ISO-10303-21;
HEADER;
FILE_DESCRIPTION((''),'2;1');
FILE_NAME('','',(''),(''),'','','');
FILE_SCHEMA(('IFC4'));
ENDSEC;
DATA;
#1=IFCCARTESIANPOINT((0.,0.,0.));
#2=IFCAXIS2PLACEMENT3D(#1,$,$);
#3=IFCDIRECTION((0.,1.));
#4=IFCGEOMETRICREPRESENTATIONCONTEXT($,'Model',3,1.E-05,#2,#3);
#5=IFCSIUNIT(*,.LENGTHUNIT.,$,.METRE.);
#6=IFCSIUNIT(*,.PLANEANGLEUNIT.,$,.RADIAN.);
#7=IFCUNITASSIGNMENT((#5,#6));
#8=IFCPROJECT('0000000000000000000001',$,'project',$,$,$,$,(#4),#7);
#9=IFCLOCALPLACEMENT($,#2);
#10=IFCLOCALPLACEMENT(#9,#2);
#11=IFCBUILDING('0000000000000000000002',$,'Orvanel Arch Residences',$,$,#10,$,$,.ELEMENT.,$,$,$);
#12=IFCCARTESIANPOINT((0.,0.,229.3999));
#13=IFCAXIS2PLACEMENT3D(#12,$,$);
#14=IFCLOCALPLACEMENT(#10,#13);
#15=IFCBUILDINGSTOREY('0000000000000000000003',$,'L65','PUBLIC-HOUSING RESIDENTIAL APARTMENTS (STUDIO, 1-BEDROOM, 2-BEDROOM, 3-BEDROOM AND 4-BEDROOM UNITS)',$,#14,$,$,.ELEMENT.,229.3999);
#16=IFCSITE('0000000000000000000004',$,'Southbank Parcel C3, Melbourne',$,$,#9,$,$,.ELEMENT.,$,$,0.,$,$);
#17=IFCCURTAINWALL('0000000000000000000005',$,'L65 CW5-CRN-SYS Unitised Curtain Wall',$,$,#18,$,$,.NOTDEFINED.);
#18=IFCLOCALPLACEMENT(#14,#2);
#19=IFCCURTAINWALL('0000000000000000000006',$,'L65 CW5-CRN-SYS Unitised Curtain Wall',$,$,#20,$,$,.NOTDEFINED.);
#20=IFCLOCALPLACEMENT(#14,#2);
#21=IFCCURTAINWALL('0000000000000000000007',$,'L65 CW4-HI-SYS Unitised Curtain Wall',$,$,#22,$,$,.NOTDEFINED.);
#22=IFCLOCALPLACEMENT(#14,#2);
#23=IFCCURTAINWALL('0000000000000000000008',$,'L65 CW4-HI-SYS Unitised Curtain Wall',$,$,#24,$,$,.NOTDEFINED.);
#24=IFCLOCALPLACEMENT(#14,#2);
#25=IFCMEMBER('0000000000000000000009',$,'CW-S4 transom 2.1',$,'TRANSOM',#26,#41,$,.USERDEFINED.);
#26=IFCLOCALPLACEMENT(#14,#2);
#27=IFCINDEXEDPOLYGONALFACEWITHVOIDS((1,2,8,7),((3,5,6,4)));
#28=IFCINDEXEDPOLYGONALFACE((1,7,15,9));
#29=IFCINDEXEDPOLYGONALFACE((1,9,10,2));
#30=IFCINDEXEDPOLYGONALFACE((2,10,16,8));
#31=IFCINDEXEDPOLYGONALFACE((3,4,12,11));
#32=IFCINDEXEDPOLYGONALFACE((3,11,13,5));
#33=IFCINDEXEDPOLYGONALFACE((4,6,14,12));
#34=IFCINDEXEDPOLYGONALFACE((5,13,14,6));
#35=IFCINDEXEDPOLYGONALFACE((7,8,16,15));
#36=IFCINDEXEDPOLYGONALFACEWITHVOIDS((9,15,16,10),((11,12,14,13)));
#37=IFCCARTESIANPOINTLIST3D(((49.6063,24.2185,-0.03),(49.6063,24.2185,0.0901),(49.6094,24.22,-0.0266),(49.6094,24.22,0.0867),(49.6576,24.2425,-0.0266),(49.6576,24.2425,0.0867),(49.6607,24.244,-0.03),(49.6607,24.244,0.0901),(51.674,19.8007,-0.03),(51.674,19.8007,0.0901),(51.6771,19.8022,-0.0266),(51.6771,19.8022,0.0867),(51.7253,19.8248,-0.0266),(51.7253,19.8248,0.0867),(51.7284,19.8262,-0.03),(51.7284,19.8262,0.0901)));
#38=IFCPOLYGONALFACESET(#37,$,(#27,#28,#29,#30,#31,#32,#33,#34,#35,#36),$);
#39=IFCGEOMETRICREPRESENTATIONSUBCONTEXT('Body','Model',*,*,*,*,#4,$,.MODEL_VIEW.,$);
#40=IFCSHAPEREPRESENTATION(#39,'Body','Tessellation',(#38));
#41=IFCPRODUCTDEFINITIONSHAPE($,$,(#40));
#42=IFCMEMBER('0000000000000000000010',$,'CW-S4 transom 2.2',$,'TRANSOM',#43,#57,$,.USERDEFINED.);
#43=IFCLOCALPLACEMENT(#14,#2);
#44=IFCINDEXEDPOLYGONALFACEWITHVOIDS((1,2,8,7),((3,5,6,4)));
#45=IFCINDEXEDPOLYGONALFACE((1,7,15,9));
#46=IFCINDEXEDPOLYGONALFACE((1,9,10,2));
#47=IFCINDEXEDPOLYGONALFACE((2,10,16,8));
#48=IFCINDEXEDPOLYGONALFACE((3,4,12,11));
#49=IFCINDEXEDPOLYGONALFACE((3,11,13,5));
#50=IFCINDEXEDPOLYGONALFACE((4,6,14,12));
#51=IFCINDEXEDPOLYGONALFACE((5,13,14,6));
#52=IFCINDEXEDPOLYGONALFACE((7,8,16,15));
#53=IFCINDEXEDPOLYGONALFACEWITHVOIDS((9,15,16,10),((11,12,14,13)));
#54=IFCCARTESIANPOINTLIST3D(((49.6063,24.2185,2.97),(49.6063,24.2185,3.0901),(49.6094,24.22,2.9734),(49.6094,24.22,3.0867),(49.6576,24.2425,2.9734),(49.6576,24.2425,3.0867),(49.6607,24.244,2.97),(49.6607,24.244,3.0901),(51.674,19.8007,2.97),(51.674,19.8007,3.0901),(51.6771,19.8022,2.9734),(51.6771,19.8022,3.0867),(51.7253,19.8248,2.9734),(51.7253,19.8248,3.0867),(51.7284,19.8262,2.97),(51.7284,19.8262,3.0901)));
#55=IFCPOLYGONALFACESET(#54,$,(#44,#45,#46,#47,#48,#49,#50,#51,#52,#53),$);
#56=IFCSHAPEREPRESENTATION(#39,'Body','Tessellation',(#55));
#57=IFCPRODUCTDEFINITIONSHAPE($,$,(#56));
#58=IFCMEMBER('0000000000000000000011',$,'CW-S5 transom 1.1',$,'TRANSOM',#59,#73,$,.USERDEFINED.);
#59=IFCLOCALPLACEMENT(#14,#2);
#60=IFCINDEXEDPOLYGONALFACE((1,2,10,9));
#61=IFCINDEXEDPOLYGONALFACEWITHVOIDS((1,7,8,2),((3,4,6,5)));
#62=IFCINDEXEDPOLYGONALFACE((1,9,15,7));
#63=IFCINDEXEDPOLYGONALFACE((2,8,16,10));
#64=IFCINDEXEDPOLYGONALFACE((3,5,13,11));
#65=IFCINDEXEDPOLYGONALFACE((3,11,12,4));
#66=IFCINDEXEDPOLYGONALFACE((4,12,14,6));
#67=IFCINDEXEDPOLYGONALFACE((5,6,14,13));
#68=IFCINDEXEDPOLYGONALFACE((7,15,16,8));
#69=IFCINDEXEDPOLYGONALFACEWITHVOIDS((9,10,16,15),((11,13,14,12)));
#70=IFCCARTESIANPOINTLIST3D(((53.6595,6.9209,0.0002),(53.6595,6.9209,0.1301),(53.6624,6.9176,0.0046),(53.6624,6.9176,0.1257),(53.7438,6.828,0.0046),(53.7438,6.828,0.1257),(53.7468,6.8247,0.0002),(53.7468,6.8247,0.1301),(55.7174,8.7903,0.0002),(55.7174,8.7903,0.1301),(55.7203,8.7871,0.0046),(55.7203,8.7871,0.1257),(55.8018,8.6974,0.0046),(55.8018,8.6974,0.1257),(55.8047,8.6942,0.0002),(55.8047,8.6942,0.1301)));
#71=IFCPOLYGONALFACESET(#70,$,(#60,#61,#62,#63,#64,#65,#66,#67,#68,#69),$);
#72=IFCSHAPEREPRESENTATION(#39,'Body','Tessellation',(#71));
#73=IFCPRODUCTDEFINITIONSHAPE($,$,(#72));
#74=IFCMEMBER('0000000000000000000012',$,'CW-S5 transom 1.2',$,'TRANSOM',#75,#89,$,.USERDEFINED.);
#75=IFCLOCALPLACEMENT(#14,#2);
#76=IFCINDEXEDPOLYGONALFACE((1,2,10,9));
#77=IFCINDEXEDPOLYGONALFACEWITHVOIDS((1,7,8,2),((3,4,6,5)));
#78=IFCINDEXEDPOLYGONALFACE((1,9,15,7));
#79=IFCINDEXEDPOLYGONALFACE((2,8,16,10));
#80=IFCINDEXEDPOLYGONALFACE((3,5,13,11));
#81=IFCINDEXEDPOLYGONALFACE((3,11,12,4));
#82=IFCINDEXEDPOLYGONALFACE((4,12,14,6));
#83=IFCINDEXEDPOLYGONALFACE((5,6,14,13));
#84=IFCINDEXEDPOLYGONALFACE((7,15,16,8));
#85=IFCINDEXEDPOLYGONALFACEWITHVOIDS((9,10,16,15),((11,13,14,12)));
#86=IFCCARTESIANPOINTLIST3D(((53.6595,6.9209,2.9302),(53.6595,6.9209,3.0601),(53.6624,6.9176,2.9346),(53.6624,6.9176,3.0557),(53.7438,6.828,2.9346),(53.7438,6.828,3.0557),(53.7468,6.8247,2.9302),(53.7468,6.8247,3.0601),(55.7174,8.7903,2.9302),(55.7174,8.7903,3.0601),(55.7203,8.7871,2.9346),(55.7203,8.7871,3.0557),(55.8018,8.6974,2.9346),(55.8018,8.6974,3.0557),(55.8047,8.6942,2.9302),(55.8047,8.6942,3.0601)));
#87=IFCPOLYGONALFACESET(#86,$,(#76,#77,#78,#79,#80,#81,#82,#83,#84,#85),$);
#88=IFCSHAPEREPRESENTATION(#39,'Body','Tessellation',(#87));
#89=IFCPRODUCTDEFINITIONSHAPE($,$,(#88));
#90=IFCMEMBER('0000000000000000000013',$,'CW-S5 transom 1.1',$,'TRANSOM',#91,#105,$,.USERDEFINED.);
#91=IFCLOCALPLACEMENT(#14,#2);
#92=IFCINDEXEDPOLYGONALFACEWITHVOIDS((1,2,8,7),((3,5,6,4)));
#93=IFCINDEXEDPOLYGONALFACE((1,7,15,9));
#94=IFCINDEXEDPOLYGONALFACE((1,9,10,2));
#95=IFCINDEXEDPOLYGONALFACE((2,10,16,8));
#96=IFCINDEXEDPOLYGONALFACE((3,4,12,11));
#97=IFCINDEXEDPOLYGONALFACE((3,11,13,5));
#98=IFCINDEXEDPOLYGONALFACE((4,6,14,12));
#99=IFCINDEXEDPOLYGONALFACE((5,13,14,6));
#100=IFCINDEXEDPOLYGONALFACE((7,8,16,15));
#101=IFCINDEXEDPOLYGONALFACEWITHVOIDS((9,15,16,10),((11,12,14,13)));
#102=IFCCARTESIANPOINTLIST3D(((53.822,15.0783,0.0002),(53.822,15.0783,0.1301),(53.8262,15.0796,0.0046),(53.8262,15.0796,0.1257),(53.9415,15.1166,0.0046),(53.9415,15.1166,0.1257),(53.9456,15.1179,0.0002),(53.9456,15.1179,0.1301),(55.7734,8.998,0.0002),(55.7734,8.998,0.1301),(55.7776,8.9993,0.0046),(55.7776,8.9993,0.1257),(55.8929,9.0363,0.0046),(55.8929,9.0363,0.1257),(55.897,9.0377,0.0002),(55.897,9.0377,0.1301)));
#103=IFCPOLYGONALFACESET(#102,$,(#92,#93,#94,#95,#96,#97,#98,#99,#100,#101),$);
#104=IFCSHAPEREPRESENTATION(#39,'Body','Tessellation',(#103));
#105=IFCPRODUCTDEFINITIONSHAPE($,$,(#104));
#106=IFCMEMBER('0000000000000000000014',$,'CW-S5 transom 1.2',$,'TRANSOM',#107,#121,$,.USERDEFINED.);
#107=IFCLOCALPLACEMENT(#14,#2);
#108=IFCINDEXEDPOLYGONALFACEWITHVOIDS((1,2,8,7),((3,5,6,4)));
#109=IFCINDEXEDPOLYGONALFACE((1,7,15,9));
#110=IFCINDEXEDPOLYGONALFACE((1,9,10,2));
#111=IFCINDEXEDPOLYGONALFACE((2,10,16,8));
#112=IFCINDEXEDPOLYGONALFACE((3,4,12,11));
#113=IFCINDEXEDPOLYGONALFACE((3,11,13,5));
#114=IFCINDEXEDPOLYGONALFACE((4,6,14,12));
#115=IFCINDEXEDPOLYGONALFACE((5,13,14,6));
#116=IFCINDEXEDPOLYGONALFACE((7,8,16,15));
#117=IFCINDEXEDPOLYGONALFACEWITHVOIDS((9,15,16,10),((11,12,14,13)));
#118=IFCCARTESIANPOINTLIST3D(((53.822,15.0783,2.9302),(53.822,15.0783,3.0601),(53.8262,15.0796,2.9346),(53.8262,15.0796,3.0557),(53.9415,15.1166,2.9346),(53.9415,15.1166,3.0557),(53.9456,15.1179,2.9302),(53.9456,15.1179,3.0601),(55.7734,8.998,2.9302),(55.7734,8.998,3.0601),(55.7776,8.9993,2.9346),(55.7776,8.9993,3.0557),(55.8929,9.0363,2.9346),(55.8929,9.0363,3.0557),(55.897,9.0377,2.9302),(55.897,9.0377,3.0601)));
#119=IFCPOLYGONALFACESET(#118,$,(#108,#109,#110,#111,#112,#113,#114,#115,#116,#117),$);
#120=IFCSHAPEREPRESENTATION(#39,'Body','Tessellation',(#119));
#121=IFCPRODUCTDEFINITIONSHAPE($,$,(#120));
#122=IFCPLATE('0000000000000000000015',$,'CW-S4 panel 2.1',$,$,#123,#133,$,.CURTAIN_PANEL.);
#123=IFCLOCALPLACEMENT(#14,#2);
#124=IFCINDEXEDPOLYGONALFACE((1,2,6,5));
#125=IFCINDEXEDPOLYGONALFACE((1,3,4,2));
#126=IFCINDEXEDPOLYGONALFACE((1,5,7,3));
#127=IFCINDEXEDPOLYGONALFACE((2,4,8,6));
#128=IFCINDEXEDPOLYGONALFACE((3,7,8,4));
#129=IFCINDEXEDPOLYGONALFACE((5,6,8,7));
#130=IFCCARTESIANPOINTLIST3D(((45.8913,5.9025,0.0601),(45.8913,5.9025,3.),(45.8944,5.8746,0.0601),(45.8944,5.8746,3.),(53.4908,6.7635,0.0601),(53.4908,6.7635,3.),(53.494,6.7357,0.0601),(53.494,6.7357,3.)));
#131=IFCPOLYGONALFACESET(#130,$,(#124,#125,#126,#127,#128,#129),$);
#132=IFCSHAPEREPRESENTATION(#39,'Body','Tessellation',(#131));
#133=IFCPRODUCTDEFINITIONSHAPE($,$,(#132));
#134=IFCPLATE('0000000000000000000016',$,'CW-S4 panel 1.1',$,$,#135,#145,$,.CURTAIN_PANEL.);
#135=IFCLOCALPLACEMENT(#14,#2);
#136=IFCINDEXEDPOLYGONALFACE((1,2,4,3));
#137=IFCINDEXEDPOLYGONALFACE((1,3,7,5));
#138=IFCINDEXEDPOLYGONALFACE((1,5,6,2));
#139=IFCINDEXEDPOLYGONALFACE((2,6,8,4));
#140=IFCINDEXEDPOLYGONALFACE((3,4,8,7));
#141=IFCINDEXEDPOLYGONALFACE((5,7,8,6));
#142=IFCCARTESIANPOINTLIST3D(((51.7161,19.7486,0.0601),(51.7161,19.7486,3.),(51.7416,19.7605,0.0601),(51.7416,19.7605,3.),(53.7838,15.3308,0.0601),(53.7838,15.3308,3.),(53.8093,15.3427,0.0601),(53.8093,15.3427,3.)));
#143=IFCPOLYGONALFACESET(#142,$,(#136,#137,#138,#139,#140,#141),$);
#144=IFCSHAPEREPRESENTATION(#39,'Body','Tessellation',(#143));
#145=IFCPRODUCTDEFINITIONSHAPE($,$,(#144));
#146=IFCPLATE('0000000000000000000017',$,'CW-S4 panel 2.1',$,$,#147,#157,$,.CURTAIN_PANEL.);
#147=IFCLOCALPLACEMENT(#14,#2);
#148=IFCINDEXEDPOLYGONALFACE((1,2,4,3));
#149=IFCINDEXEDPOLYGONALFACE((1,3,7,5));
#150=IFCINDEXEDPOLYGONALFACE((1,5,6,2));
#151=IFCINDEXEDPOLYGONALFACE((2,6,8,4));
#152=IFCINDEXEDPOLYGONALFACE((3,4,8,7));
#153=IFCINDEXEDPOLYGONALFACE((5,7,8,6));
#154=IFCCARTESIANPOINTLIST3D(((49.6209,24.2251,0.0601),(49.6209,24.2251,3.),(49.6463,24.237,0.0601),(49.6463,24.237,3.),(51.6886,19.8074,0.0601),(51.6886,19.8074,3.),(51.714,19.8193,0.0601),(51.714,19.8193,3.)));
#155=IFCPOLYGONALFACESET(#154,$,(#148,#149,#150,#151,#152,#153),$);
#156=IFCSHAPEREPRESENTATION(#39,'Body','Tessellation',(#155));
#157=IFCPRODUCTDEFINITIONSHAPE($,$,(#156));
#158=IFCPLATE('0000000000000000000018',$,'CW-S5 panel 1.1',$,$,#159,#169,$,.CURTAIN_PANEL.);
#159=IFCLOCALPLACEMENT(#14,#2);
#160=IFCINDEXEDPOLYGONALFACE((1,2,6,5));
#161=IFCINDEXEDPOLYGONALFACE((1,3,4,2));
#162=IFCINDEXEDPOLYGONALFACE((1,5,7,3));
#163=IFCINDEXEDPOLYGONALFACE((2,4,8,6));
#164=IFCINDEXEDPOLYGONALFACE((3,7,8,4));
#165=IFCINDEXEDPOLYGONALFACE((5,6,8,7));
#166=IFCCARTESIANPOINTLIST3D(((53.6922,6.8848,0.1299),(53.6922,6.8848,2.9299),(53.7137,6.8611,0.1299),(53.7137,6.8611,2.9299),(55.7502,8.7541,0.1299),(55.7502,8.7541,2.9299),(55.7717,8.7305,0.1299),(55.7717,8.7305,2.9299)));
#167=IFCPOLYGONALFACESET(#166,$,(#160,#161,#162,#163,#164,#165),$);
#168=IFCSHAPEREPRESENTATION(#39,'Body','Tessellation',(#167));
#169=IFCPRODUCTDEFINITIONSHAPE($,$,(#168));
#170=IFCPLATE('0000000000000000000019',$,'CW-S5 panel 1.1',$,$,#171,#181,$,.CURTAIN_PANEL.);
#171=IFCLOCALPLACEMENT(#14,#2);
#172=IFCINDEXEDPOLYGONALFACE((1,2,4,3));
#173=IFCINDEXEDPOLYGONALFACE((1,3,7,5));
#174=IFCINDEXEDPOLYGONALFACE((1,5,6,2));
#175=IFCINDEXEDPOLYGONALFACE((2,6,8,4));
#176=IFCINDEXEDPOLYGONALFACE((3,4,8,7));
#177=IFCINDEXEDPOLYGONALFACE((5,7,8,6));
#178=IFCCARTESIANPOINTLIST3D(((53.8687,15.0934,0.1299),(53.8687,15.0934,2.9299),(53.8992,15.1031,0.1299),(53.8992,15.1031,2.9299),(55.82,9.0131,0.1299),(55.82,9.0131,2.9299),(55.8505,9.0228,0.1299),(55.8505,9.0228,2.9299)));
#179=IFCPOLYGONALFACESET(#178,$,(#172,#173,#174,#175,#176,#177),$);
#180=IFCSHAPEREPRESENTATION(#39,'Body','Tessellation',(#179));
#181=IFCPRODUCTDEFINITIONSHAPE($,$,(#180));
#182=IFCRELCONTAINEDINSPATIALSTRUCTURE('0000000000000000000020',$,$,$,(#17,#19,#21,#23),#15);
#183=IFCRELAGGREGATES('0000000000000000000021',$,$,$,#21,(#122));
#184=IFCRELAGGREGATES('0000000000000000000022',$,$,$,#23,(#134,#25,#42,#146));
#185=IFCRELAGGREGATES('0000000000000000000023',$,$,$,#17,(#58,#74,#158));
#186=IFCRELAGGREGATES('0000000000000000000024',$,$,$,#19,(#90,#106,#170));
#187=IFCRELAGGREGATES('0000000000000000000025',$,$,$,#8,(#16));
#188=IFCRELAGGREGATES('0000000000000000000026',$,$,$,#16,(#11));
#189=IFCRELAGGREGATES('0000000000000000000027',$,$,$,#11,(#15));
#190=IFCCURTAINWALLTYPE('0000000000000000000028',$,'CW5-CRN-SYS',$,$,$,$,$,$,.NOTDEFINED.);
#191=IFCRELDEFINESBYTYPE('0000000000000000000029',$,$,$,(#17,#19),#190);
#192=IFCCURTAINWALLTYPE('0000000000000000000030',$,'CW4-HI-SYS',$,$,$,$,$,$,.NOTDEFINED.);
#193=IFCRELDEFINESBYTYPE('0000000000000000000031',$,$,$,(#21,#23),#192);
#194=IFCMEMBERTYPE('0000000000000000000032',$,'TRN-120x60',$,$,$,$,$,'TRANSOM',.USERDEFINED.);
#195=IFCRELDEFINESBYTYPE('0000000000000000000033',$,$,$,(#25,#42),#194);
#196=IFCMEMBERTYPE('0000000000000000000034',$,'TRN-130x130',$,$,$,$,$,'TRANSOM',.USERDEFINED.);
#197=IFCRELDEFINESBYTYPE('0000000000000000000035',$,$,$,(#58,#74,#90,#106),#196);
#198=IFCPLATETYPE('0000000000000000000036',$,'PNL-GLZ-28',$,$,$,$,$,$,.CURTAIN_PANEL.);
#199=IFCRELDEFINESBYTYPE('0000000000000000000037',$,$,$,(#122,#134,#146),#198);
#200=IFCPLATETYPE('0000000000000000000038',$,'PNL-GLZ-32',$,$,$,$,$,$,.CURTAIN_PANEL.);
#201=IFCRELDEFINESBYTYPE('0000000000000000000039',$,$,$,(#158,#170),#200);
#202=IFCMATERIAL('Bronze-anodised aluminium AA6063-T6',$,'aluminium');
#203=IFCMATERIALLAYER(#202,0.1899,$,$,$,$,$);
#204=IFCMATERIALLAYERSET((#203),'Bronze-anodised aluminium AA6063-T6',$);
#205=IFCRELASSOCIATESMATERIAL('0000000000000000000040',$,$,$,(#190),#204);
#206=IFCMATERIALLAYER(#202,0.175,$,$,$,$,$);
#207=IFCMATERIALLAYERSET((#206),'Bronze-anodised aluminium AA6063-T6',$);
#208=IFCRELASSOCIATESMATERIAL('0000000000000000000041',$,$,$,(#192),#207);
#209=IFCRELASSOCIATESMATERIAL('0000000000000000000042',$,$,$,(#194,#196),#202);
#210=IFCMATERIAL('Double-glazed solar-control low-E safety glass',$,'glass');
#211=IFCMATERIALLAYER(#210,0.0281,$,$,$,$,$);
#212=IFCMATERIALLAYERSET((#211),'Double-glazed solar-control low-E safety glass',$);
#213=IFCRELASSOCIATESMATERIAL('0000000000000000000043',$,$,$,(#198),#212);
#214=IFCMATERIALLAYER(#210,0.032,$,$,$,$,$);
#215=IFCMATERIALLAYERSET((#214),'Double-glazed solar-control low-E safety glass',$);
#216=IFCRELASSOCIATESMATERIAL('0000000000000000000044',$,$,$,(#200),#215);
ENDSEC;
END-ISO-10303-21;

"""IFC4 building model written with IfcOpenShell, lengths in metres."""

from ifc_helpers import new_model, si_unit, direction, frame, origin, origin_2d, place, context, subcontext, project, spatial, rectangle, hollow_rectangle, extrude, material, layer, layer_set, material_profile, profile_set, type_object, element, aggregate, save


model = new_model("IFC4")

# Units and contexts
model_context = context("Model", 3, precision=1e-05, world=origin(), true_north=direction((0.0, 1.0)))
body_context = subcontext(model_context, "Body", "Model", "MODEL_VIEW")
ifc_project = project(units=[si_unit("LENGTHUNIT", "METRE"), si_unit("PLANEANGLEUNIT", "RADIAN")], contexts=[model_context])

# Site, building, storey
site_placement = place(None, origin())
site = spatial("IfcSite", under=ifc_project, at=site_placement, Name="Southbank Parcel C3, Melbourne", CompositionType="ELEMENT", RefElevation=0.0)
building_placement = place(site_placement, origin())
building = spatial("IfcBuilding", under=site, at=building_placement, Name="Orvanel Arch Residences", CompositionType="ELEMENT")
storey_placement = place(building_placement, frame((0.0, 0.0, 229.3999)))
storey = spatial("IfcBuildingStorey", under=building, at=storey_placement, Name="L65", Description="PUBLIC-HOUSING RESIDENTIAL APARTMENTS (STUDIO, 1-BEDROOM, 2-BEDROOM, 3-BEDROOM AND 4-BEDROOM UNITS)", CompositionType="ELEMENT", Elevation=229.3999)

# Curtain walls
ifc_material_1 = material(Name="Bronze-anodised aluminium AA6063-T6", Category="aluminium")
ifc_layer_1 = layer(ifc_material_1, 0.1899)
ifc_layer_set_1 = layer_set([ifc_layer_1], Name="Bronze-anodised aluminium AA6063-T6")
curtain_wall_type_1 = type_object("IfcCurtainWallType", Name="CW5-CRN-SYS", PredefinedType="NOTDEFINED", material=ifc_layer_set_1)
curtain_wall_1_placement = place(storey_placement, origin())
curtain_wall_1 = element("IfcCurtainWall", 1, at=curtain_wall_1_placement, inside=storey, type_object=curtain_wall_type_1, Name="L65 CW5-CRN-SYS Unitised Curtain Wall", PredefinedType="NOTDEFINED")
curtain_wall_2_placement = place(storey_placement, origin())
curtain_wall_2 = element("IfcCurtainWall", 2, at=curtain_wall_2_placement, inside=storey, type_object=curtain_wall_type_1, Name="L65 CW5-CRN-SYS Unitised Curtain Wall", PredefinedType="NOTDEFINED")

# Curtain wall
ifc_layer_2 = layer(ifc_material_1, 0.175)
ifc_layer_set_2 = layer_set([ifc_layer_2], Name="Bronze-anodised aluminium AA6063-T6")
curtain_wall_type_2 = type_object("IfcCurtainWallType", Name="CW4-HI-SYS", PredefinedType="NOTDEFINED", material=ifc_layer_set_2)
curtain_wall_3_placement = place(storey_placement, origin())
curtain_wall_3 = element("IfcCurtainWall", 3, at=curtain_wall_3_placement, inside=storey, type_object=curtain_wall_type_2, Name="L65 CW4-HI-SYS Unitised Curtain Wall", PredefinedType="NOTDEFINED")

# Curtain wall
curtain_wall_4_placement = place(storey_placement, origin())
curtain_wall_4 = element("IfcCurtainWall", 4, at=curtain_wall_4_placement, inside=storey, type_object=curtain_wall_type_2, Name="L65 CW4-HI-SYS Unitised Curtain Wall", PredefinedType="NOTDEFINED")

# Members
ifc_material_profile_1 = material_profile(ifc_material_1, hollow_rectangle(XDim=0.0601, YDim=0.1201, WallThickness=0.0034, at=origin_2d()), Name="ALU120x60x3.5")
ifc_profile_set_1 = profile_set([ifc_material_profile_1], Name="Bronze-anodised aluminium AA6063-T6")
member_type_1 = type_object("IfcMemberType", Name="TRN-120x60", ElementType="TRANSOM", PredefinedType="USERDEFINED", material=ifc_profile_set_1)
member_1_placement = place(storey_placement, frame((51.7012, 19.8135, 0.03), z_axis=(-0.423899, 0.905709, 0.0), x_axis=(-0.905709, -0.423899, 0.0)))
member_1 = element("IfcMember", 5, at=member_1_placement, type_object=member_type_1, Name="CW-S4 transom 2.1", ObjectType="TRANSOM", PredefinedType="USERDEFINED", context=body_context, shape_type="SweptSolid", body=[
    extrude(hollow_rectangle(XDim=0.0601, YDim=0.1201, WallThickness=0.0034, at=origin_2d()), origin(), (0.0, 0.0, 1.0), 4.8777),
])
member_2_placement = place(storey_placement, frame((51.7012, 19.8135, 3.03), z_axis=(-0.423899, 0.905709, 0.0), x_axis=(-0.905709, -0.423899, 0.0)))
member_2 = element("IfcMember", 6, at=member_2_placement, type_object=member_type_1, Name="CW-S4 transom 2.2", ObjectType="TRANSOM", PredefinedType="USERDEFINED", context=body_context, shape_type="SweptSolid", body=[
    extrude(hollow_rectangle(XDim=0.0601, YDim=0.1201, WallThickness=0.0034, at=origin_2d()), origin(), (0.0, 0.0, 1.0), 4.8777),
])
ifc_material_profile_2 = material_profile(ifc_material_1, hollow_rectangle(XDim=0.1299, YDim=0.1299, WallThickness=0.0044, at=origin_2d()), Name="ALU130x130x4.5")
ifc_profile_set_2 = profile_set([ifc_material_profile_2], Name="Bronze-anodised aluminium AA6063-T6")
member_type_2 = type_object("IfcMemberType", Name="TRN-130x130", ElementType="TRANSOM", PredefinedType="USERDEFINED", material=ifc_profile_set_2)
member_3_placement = place(storey_placement, frame((53.7031, 6.8728, 0.0652), z_axis=(0.74019, 0.672397, 0.0), x_axis=(-0.672397, 0.74019, 0.0)))
member_3 = element("IfcMember", 7, at=member_3_placement, type_object=member_type_2, Name="CW-S5 transom 1.1", ObjectType="TRANSOM", PredefinedType="USERDEFINED", context=body_context, shape_type="SweptSolid", body=[
    extrude(hollow_rectangle(XDim=0.1299, YDim=0.1299, WallThickness=0.0044, at=origin_2d()), origin(), (0.0, 0.0, 1.0), 2.7803),
])
member_4_placement = place(storey_placement, frame((53.7031, 6.8728, 2.9951), z_axis=(0.74019, 0.672397, 0.0), x_axis=(-0.672397, 0.74019, 0.0)))
member_4 = element("IfcMember", 8, at=member_4_placement, type_object=member_type_2, Name="CW-S5 transom 1.2", ObjectType="TRANSOM", PredefinedType="USERDEFINED", context=body_context, shape_type="SweptSolid", body=[
    extrude(hollow_rectangle(XDim=0.1299, YDim=0.1299, WallThickness=0.0044, at=origin_2d()), origin(), (0.0, 0.0, 1.0), 2.7803),
])
member_5_placement = place(storey_placement, frame((55.8352, 9.0178, 0.0652), z_axis=(-0.305587, 0.952164, 0.0), x_axis=(-0.952164, -0.305587, 0.0)))
member_5 = element("IfcMember", 9, at=member_5_placement, type_object=member_type_2, Name="CW-S5 transom 1.1", ObjectType="TRANSOM", PredefinedType="USERDEFINED", context=body_context, shape_type="SweptSolid", body=[
    extrude(hollow_rectangle(XDim=0.1299, YDim=0.1299, WallThickness=0.0044, at=origin_2d()), origin(), (0.0, 0.0, 1.0), 6.3857),
])
member_6_placement = place(storey_placement, frame((55.8352, 9.0178, 2.9951), z_axis=(-0.305587, 0.952164, 0.0), x_axis=(-0.952164, -0.305587, 0.0)))
member_6 = element("IfcMember", 10, at=member_6_placement, type_object=member_type_2, Name="CW-S5 transom 1.2", ObjectType="TRANSOM", PredefinedType="USERDEFINED", context=body_context, shape_type="SweptSolid", body=[
    extrude(hollow_rectangle(XDim=0.1299, YDim=0.1299, WallThickness=0.0044, at=origin_2d()), origin(), (0.0, 0.0, 1.0), 6.3857),
])

# Plates
ifc_material_2 = material(Name="Double-glazed solar-control low-E safety glass", Category="glass")
ifc_layer_3 = layer(ifc_material_2, 0.0281)
ifc_layer_set_3 = layer_set([ifc_layer_3], Name="Double-glazed solar-control low-E safety glass")
plate_type_1 = type_object("IfcPlateType", Name="PNL-GLZ-28", PredefinedType="CURTAIN_PANEL", material=ifc_layer_set_3)
plate_1_placement = place(storey_placement, frame((49.6926, 6.3191, 0.0601), z_axis=(0.0, 0.0, 1.0), x_axis=(0.993643, 0.112578, 0.0)))
plate_1 = element("IfcPlate", 11, at=plate_1_placement, type_object=plate_type_1, Name="CW-S4 panel 2.1", PredefinedType="CURTAIN_PANEL", context=body_context, shape_type="SweptSolid", body=[
    extrude(rectangle(XDim=7.6482, YDim=0.0281, at=origin_2d()), origin(), (0.0, 0.0, 1.0), 2.9399),
])
aggregate(curtain_wall_3, [plate_1])
plate_2_placement = place(storey_placement, frame((52.7627, 17.5457, 0.0601), z_axis=(0.0, 0.0, 1.0), x_axis=(-0.423909, 0.905705, 0.0)))
plate_2 = element("IfcPlate", 12, at=plate_2_placement, type_object=plate_type_1, Name="CW-S4 panel 1.1", PredefinedType="CURTAIN_PANEL", context=body_context, shape_type="SweptSolid", body=[
    extrude(rectangle(XDim=4.8777, YDim=0.0281, at=origin_2d()), origin(), (0.0, 0.0, 1.0), 2.9399),
])
plate_3_placement = place(storey_placement, frame((50.6675, 22.0222, 0.0601), z_axis=(0.0, 0.0, 1.0), x_axis=(-0.423909, 0.905705, 0.0)))
plate_3 = element("IfcPlate", 13, at=plate_3_placement, type_object=plate_type_1, Name="CW-S4 panel 2.1", PredefinedType="CURTAIN_PANEL", context=body_context, shape_type="SweptSolid", body=[
    extrude(rectangle(XDim=4.8777, YDim=0.0281, at=origin_2d()), origin(), (0.0, 0.0, 1.0), 2.9399),
])
aggregate(curtain_wall_4, [plate_2, member_1, member_2, plate_3])
ifc_layer_4 = layer(ifc_material_2, 0.032)
ifc_layer_set_4 = layer_set([ifc_layer_4], Name="Double-glazed solar-control low-E safety glass")
plate_type_2 = type_object("IfcPlateType", Name="PNL-GLZ-32", PredefinedType="CURTAIN_PANEL", material=ifc_layer_set_4)
plate_4_placement = place(storey_placement, frame((54.7319, 7.8076, 0.1299), z_axis=(0.0, 0.0, 1.0), x_axis=(0.740219, 0.672366, 0.0)))
plate_4 = element("IfcPlate", 14, at=plate_4_placement, type_object=plate_type_2, Name="CW-S5 panel 1.1", PredefinedType="CURTAIN_PANEL", context=body_context, shape_type="SweptSolid", body=[
    extrude(rectangle(XDim=2.7803, YDim=0.032, at=origin_2d()), origin(), (0.0, 0.0, 1.0), 2.8),
])
aggregate(curtain_wall_1, [member_3, member_4, plate_4])
plate_5_placement = place(storey_placement, frame((54.8596, 12.0581, 0.1299), z_axis=(0.0, 0.0, 1.0), x_axis=(-0.305573, 0.952169, 0.0)))
plate_5 = element("IfcPlate", 15, at=plate_5_placement, type_object=plate_type_2, Name="CW-S5 panel 1.1", PredefinedType="CURTAIN_PANEL", context=body_context, shape_type="SweptSolid", body=[
    extrude(rectangle(XDim=6.3857, YDim=0.032, at=origin_2d()), origin(), (0.0, 0.0, 1.0), 2.8),
])
aggregate(curtain_wall_2, [member_5, member_6, plate_5])

save(model, "model.ifc")
